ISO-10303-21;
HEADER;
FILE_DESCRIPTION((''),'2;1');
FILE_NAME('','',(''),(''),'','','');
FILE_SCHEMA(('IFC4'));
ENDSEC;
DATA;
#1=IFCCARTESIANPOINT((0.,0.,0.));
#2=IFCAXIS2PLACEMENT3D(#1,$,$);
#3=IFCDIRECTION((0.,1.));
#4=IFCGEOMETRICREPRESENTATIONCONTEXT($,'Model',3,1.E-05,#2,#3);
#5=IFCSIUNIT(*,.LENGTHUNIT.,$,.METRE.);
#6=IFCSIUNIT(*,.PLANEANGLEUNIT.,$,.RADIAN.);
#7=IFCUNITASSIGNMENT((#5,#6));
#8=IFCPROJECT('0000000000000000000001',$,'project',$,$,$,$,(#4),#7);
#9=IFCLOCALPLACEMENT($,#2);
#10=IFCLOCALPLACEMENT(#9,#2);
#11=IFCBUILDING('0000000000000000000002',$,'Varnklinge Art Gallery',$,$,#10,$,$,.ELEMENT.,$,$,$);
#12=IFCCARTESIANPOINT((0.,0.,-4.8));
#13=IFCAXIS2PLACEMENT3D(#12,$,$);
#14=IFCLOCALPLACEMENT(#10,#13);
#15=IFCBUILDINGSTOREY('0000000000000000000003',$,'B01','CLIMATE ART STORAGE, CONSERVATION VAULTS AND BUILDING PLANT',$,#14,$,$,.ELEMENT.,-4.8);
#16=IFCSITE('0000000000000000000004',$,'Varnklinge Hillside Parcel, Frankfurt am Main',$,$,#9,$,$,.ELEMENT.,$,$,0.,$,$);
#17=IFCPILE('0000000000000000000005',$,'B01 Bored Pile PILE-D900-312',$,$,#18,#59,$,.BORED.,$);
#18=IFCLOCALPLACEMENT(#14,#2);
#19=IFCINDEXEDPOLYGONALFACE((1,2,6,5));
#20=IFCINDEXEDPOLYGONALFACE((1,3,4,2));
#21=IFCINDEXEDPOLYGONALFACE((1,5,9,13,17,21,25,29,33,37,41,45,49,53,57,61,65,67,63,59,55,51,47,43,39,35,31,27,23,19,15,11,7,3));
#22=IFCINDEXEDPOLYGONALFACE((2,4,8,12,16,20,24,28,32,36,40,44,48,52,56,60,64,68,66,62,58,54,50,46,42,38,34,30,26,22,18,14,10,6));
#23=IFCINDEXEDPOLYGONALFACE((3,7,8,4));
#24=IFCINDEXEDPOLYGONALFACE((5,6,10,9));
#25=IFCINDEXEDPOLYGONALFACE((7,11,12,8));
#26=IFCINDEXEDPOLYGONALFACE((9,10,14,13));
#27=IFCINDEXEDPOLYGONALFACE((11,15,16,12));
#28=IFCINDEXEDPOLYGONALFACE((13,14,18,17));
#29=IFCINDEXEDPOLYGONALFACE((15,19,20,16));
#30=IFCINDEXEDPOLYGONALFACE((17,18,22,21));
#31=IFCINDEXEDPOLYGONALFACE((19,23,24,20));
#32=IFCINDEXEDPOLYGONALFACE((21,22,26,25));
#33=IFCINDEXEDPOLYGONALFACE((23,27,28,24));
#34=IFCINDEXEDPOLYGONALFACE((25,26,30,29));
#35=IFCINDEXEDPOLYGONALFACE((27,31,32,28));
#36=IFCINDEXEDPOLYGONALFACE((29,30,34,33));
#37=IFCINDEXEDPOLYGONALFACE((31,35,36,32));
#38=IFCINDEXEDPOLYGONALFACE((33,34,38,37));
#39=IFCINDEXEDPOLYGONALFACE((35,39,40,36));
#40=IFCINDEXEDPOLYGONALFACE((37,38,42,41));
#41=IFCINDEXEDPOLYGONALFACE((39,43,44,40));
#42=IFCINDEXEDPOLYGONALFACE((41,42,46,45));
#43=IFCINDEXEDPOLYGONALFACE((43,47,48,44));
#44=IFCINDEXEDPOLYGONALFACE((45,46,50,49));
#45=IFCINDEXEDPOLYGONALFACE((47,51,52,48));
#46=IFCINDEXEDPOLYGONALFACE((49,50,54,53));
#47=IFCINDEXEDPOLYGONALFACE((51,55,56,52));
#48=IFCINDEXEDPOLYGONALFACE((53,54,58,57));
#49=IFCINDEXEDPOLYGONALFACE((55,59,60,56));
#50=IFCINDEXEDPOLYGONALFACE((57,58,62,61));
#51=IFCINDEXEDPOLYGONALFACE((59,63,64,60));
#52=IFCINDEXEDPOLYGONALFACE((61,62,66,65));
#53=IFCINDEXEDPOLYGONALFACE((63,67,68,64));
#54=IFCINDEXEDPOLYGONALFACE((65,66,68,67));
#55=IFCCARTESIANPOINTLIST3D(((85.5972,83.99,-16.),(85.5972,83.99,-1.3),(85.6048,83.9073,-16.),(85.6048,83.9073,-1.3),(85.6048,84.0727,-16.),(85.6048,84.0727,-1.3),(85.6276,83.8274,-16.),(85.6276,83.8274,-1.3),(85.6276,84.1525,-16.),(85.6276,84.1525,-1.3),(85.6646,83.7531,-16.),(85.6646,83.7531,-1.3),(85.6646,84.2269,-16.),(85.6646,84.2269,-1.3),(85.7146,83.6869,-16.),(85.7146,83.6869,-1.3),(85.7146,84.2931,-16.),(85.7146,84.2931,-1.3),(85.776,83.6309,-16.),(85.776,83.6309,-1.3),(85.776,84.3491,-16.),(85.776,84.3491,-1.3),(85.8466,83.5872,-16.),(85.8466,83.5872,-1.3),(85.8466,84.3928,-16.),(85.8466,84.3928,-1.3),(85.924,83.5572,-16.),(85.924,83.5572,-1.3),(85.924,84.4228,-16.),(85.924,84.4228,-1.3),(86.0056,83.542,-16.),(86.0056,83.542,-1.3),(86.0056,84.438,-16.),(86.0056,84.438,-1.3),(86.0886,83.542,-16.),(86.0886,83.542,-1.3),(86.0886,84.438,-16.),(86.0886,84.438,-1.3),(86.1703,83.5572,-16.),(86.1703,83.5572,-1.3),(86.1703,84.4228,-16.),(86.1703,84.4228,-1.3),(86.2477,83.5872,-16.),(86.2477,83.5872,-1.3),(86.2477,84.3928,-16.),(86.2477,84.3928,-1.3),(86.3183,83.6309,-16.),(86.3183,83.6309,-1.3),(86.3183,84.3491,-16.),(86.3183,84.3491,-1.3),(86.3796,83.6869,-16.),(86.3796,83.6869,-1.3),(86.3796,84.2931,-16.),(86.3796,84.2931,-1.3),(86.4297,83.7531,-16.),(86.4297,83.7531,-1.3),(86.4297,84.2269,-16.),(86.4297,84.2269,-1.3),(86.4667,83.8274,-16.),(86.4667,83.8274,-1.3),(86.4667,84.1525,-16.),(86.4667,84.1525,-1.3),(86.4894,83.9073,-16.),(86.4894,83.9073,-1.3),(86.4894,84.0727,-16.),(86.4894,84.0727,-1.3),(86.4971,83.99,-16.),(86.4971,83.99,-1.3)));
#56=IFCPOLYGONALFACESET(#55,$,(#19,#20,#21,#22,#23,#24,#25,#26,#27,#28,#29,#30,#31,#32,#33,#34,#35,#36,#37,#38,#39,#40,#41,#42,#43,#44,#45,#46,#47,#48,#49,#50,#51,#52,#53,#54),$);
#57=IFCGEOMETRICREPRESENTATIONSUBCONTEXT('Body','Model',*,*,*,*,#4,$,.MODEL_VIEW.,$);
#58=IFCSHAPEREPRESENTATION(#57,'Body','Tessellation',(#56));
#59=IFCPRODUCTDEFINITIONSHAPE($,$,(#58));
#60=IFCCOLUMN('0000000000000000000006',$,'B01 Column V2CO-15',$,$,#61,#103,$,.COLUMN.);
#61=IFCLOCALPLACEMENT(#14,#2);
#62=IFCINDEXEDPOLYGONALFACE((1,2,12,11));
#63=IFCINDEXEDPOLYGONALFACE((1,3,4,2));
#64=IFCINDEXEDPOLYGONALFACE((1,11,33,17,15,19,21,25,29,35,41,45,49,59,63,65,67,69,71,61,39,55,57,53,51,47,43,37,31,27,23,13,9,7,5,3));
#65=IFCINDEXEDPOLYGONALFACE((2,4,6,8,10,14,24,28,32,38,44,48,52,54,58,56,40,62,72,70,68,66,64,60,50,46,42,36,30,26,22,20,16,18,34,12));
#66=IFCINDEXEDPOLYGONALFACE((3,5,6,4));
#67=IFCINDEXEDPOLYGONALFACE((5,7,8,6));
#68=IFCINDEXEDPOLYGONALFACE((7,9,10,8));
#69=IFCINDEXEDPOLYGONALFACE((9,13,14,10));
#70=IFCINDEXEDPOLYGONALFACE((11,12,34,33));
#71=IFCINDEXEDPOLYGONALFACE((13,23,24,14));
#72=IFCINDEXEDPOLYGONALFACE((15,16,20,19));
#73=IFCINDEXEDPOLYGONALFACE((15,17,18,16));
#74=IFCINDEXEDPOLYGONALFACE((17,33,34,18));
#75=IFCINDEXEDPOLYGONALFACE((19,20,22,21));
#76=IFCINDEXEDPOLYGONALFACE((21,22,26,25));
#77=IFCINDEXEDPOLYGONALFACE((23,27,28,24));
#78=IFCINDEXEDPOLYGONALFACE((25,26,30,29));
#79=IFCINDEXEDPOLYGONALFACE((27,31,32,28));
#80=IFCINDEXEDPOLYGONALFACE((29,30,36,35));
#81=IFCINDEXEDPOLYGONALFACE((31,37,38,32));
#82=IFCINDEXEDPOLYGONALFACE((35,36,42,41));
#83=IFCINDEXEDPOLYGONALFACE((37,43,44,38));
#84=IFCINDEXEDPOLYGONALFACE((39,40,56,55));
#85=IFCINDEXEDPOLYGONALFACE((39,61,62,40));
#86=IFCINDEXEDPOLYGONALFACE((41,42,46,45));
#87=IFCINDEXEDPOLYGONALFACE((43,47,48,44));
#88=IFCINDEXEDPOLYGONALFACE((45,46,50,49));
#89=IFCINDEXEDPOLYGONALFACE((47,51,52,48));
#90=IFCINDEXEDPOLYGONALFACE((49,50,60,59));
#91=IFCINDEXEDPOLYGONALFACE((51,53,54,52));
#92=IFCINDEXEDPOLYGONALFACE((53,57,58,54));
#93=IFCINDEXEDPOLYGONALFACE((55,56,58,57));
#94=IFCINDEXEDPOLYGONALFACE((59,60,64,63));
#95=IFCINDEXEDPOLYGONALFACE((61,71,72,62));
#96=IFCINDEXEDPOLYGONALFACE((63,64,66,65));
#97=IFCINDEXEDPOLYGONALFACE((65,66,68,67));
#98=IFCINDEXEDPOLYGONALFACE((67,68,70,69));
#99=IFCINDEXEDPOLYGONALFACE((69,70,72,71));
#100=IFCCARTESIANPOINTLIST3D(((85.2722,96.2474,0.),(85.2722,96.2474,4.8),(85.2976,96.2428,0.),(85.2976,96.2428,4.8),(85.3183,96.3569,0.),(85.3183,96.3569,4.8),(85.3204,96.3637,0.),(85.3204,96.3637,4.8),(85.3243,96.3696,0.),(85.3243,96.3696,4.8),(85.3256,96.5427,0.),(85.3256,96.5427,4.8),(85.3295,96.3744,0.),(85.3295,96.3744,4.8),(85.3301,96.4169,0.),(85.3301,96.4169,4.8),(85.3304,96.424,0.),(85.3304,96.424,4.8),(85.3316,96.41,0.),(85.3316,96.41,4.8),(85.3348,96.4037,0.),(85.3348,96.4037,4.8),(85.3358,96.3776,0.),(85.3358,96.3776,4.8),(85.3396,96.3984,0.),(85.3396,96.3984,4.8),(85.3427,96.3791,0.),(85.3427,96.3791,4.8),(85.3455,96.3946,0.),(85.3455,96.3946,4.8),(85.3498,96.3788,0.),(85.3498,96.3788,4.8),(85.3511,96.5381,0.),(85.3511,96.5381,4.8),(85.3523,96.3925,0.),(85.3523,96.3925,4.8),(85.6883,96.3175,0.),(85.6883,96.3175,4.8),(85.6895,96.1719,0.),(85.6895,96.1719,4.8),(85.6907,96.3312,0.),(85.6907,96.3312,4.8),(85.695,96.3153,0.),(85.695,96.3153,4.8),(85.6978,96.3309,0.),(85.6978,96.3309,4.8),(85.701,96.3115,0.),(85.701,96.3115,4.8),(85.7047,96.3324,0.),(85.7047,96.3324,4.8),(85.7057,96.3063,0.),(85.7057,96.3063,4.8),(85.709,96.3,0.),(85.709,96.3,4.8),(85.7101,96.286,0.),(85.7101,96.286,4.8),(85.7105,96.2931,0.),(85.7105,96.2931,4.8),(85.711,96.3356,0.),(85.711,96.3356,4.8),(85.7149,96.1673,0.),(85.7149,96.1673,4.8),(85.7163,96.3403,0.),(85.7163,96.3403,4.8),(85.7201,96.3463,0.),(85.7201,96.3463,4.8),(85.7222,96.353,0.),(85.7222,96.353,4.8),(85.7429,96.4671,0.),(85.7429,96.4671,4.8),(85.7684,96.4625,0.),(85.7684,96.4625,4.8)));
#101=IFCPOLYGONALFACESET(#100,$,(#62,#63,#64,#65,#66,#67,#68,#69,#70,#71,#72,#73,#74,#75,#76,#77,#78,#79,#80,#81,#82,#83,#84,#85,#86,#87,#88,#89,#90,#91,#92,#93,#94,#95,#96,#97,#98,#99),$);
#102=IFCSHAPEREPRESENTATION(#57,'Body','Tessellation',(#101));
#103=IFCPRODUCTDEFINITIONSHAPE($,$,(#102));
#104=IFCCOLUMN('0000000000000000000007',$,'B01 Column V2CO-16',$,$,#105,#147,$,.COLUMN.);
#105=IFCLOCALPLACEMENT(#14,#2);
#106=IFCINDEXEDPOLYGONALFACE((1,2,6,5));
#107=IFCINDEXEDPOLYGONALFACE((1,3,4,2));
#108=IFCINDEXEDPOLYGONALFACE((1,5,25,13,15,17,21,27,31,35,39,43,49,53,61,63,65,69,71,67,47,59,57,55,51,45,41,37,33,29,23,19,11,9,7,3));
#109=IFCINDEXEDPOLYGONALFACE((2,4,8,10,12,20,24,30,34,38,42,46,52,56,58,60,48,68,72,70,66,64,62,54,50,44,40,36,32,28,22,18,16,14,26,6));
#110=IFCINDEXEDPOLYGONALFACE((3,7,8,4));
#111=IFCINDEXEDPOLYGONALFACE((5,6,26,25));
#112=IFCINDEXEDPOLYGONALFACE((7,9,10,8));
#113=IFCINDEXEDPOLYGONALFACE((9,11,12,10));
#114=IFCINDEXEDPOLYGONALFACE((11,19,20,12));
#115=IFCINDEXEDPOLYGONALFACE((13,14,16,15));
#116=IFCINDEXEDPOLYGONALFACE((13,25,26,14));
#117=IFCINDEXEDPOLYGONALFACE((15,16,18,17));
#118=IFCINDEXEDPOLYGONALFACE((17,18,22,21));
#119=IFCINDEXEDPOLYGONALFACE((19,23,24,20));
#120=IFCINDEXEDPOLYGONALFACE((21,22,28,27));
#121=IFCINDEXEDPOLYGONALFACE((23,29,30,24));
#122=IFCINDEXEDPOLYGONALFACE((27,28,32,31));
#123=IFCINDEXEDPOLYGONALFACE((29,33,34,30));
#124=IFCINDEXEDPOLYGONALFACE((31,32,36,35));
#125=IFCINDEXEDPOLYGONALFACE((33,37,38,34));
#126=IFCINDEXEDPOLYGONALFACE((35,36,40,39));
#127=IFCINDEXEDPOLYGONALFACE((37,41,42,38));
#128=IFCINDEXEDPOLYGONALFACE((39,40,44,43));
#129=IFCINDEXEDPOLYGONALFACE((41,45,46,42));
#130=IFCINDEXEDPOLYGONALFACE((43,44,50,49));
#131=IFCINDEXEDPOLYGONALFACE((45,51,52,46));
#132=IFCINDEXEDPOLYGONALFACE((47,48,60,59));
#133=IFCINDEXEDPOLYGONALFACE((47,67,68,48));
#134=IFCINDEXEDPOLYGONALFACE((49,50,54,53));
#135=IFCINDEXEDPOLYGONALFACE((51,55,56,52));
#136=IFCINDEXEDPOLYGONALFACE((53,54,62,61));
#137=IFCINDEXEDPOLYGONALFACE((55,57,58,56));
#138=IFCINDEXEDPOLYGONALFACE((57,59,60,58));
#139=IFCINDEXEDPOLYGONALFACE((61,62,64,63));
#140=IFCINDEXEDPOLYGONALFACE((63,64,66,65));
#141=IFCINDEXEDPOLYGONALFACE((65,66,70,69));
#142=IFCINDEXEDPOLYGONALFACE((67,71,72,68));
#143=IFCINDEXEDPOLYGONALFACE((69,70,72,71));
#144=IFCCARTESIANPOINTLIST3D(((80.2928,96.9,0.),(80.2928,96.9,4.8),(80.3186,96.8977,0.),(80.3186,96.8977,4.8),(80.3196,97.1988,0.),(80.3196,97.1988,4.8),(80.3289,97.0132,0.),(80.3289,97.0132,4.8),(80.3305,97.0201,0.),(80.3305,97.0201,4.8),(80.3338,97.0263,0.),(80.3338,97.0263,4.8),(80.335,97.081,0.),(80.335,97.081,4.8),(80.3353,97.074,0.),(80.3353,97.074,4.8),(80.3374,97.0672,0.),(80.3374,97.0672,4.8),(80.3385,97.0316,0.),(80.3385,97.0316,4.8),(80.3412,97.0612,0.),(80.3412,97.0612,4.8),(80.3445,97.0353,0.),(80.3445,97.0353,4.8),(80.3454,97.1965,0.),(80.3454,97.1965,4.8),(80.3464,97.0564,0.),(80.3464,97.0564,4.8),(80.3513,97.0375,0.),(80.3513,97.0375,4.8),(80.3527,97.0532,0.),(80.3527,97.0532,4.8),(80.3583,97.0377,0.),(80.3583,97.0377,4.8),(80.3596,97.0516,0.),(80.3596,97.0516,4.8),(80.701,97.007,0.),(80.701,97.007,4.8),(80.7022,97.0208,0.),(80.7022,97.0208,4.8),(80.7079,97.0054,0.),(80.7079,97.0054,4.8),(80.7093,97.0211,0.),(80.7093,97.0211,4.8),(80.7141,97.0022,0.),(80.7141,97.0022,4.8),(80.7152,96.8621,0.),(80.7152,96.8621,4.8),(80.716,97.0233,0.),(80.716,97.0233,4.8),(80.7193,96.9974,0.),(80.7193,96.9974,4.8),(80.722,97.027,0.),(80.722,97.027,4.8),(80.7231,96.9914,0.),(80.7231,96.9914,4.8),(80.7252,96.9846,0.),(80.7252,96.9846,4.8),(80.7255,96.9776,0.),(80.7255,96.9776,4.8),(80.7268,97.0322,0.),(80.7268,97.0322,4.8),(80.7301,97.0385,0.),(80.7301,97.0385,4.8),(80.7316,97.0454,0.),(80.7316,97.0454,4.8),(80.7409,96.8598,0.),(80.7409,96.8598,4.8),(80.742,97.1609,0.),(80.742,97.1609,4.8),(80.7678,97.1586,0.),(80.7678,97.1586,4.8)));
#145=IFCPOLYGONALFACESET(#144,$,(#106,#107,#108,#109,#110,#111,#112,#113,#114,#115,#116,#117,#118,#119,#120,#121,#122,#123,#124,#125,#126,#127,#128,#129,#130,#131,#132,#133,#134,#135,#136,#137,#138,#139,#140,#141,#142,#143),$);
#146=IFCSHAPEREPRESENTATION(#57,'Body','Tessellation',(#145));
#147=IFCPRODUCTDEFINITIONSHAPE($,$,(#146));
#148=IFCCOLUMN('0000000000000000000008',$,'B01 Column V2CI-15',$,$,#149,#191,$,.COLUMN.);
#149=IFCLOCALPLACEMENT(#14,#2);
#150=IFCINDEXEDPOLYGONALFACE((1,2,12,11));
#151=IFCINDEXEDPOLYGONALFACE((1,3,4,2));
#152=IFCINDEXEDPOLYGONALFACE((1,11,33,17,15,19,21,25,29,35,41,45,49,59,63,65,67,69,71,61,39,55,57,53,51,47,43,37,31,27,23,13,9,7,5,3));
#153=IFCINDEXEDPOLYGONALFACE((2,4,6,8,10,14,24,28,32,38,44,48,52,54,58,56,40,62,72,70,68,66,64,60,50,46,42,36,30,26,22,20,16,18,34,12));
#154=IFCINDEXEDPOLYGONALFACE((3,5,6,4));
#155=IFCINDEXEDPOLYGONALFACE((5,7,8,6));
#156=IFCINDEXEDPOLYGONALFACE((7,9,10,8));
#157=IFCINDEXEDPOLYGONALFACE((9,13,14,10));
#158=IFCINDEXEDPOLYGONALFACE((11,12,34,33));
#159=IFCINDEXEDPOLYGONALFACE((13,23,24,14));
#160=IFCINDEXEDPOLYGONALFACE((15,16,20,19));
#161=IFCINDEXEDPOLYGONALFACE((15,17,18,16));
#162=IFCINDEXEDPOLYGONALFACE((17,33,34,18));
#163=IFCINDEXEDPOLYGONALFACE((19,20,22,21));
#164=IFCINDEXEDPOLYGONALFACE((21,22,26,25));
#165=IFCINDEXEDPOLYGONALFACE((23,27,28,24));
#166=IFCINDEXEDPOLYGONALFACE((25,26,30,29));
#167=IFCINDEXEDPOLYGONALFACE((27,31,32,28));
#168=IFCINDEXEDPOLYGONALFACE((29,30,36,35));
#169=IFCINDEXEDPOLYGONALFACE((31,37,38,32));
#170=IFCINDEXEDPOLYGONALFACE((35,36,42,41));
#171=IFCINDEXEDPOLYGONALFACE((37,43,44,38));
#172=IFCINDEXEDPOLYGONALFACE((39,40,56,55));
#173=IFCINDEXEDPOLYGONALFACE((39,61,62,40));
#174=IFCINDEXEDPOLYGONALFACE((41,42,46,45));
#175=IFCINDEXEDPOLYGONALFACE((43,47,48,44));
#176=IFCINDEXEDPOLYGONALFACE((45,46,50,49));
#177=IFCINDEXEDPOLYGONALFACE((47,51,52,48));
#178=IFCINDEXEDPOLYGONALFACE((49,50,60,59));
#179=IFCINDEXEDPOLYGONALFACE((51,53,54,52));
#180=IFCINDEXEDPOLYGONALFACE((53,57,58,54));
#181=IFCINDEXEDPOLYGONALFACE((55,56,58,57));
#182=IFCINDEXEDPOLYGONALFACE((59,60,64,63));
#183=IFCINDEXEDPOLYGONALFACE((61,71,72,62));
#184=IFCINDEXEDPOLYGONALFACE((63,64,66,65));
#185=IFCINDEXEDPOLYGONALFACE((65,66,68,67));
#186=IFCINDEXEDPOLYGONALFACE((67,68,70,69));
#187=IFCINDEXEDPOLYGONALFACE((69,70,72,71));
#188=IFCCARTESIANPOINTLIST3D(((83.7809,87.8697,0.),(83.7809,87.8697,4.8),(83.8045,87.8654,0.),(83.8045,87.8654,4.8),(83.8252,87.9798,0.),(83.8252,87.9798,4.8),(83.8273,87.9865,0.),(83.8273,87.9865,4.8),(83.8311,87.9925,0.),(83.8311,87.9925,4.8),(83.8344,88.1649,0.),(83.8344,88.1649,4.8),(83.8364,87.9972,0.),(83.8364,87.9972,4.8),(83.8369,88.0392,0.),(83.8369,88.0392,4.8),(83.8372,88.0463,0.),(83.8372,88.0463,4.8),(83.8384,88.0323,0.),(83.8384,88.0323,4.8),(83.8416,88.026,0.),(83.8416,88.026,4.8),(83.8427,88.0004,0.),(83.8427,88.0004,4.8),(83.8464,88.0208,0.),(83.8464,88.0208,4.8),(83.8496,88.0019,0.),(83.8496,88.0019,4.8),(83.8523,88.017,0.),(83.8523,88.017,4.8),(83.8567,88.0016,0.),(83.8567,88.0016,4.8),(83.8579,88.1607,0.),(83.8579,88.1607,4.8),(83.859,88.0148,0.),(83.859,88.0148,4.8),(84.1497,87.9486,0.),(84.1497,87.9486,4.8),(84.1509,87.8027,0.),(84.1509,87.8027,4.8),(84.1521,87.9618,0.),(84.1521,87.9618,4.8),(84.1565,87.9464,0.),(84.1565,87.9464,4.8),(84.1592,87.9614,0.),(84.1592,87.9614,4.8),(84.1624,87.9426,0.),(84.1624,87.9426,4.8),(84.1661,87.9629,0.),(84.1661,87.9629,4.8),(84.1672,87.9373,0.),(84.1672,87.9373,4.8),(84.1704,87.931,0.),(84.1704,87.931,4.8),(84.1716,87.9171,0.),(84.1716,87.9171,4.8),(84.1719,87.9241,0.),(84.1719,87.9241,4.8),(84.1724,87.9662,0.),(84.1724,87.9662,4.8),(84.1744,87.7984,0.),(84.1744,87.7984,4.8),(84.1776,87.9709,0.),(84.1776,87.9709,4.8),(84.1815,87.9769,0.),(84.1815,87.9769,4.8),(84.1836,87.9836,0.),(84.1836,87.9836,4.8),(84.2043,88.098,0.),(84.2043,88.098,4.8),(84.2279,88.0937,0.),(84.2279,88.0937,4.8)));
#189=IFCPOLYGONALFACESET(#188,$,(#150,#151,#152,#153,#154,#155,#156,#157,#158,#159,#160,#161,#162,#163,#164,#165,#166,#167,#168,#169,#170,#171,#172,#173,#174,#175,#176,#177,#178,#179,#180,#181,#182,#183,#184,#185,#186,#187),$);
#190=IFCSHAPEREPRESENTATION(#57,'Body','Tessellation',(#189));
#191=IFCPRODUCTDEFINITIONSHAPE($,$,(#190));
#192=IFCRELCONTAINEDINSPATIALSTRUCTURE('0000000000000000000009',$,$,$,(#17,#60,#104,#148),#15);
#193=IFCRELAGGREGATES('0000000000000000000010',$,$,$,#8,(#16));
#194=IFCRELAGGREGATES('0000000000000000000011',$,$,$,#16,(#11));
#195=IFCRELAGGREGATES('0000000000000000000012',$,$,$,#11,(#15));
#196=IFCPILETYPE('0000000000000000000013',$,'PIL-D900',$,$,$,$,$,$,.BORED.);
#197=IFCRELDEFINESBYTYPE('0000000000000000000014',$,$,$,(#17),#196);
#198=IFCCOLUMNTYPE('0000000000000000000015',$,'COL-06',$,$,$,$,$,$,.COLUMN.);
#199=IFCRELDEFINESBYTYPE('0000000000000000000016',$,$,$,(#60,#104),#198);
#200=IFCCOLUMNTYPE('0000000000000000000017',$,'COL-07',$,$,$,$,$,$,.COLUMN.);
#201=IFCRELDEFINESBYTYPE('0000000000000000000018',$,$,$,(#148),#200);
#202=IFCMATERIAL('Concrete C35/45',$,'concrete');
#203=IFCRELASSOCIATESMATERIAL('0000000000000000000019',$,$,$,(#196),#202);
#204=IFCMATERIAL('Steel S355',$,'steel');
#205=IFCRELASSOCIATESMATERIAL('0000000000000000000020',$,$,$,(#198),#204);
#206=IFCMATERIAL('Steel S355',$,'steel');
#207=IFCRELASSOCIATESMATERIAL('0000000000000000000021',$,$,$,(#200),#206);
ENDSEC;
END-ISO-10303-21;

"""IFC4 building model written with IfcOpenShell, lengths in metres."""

from ifc_helpers import new_model, si_unit, direction, frame, origin, origin_2d, place, context, subcontext, project, spatial, circle, i_section, extrude, material, material_profile, profile_set, type_object, element, save


model = new_model("IFC4")

# Units and contexts
model_context = context("Model", 3, precision=1e-05, world=origin(), true_north=direction((0.0, 1.0)))
body_context = subcontext(model_context, "Body", "Model", "MODEL_VIEW")
ifc_project = project(units=[si_unit("LENGTHUNIT", "METRE"), si_unit("PLANEANGLEUNIT", "RADIAN")], contexts=[model_context])

# Site, building, storey
site_placement = place(None, origin())
site = spatial("IfcSite", under=ifc_project, at=site_placement, Name="Varnklinge Hillside Parcel, Frankfurt am Main", CompositionType="ELEMENT", RefElevation=0.0)
building_placement = place(site_placement, origin())
building = spatial("IfcBuilding", under=site, at=building_placement, Name="Varnklinge Art Gallery", CompositionType="ELEMENT")
storey_placement = place(building_placement, frame((0.0, 0.0, -4.8)))
storey = spatial("IfcBuildingStorey", under=building, at=storey_placement, Name="B01", Description="CLIMATE ART STORAGE, CONSERVATION VAULTS AND BUILDING PLANT", CompositionType="ELEMENT", Elevation=-4.8)

# Pile
ifc_material_1 = material(Name="Concrete C35/45", Category="concrete")
ifc_material_profile_1 = material_profile(ifc_material_1, circle(Radius=0.45, at=origin_2d()), Name="PILE D900")
ifc_profile_set_1 = profile_set([ifc_material_profile_1], Name="Concrete C35/45")
pile_type_1 = type_object("IfcPileType", Name="PIL-D900", PredefinedType="BORED", material=ifc_profile_set_1)
for number, where, z_axis, x_axis, name in (
    (1, (86.0471, 83.99, -1.3), (0.0, 0.0, -1.0), (1.0, 0.0, 0.0), "B01 Bored Pile PILE-D900-312"),
):
    element("IfcPile", number, at=place(storey_placement, frame(where, z_axis=z_axis, x_axis=x_axis)), inside=storey, type_object=pile_type_1, Name=name, PredefinedType="BORED", context=body_context, shape_type="SweptSolid", body=[
        extrude(circle(Radius=0.45, at=origin_2d()), origin(), (0.0, 0.0, 1.0), 14.7),
    ])

# Columns
ifc_material_2 = material(Name="Steel S355", Category="steel")
ifc_material_profile_2 = material_profile(ifc_material_2, i_section(OverallWidth=0.3, OverallDepth=0.45, WebThickness=0.0139, FlangeThickness=0.0259, FilletRadius=0.0271, at=origin_2d()), Name="HEB 450")
ifc_profile_set_2 = profile_set([ifc_material_profile_2], Name="Steel S355")
column_type_1 = type_object("IfcColumnType", Name="COL-06", PredefinedType="COLUMN", material=ifc_profile_set_2)
for number, where, z_axis, x_axis, name in (
    (2, (85.5203, 96.355, 0.0), (0.0, 0.0, 1.0), (-0.178115, -0.98401, 0.0), "B01 Column V2CO-15"),
    (3, (80.5303, 97.0293, 0.0), (0.0, 0.0, 1.0), (-0.089416, -0.995994, 0.0), "B01 Column V2CO-16"),
):
    element("IfcColumn", number, at=place(storey_placement, frame(where, z_axis=z_axis, x_axis=x_axis)), inside=storey, type_object=column_type_1, Name=name, PredefinedType="COLUMN", context=body_context, shape_type="SweptSolid", body=[
        extrude(i_section(OverallWidth=0.3, OverallDepth=0.45, WebThickness=0.0139, FlangeThickness=0.0259, FilletRadius=0.0271, at=origin_2d()), origin(), (0.0, 0.0, 1.0), 4.8),
    ])
ifc_material_3 = material(Name="Steel S355", Category="steel")
ifc_material_profile_3 = material_profile(ifc_material_3, i_section(OverallWidth=0.3, OverallDepth=0.3999, WebThickness=0.0134, FlangeThickness=0.0239, FilletRadius=0.0271, at=origin_2d()), Name="HEB 400")
ifc_profile_set_3 = profile_set([ifc_material_profile_3], Name="Steel S355")
column_type_2 = type_object("IfcColumnType", Name="COL-07", PredefinedType="COLUMN", material=ifc_profile_set_3)
for number, where, z_axis, x_axis, name in (
    (4, (84.0044, 87.9817, 0.0), (0.0, 0.0, 1.0), (-0.178115, -0.98401, 0.0), "B01 Column V2CI-15"),
):
    element("IfcColumn", number, at=place(storey_placement, frame(where, z_axis=z_axis, x_axis=x_axis)), inside=storey, type_object=column_type_2, Name=name, PredefinedType="COLUMN", context=body_context, shape_type="SweptSolid", body=[
        extrude(i_section(OverallWidth=0.3, OverallDepth=0.3999, WebThickness=0.0134, FlangeThickness=0.0239, FilletRadius=0.0271, at=origin_2d()), origin(), (0.0, 0.0, 1.0), 4.8),
    ])

save(model, "model.ifc")
